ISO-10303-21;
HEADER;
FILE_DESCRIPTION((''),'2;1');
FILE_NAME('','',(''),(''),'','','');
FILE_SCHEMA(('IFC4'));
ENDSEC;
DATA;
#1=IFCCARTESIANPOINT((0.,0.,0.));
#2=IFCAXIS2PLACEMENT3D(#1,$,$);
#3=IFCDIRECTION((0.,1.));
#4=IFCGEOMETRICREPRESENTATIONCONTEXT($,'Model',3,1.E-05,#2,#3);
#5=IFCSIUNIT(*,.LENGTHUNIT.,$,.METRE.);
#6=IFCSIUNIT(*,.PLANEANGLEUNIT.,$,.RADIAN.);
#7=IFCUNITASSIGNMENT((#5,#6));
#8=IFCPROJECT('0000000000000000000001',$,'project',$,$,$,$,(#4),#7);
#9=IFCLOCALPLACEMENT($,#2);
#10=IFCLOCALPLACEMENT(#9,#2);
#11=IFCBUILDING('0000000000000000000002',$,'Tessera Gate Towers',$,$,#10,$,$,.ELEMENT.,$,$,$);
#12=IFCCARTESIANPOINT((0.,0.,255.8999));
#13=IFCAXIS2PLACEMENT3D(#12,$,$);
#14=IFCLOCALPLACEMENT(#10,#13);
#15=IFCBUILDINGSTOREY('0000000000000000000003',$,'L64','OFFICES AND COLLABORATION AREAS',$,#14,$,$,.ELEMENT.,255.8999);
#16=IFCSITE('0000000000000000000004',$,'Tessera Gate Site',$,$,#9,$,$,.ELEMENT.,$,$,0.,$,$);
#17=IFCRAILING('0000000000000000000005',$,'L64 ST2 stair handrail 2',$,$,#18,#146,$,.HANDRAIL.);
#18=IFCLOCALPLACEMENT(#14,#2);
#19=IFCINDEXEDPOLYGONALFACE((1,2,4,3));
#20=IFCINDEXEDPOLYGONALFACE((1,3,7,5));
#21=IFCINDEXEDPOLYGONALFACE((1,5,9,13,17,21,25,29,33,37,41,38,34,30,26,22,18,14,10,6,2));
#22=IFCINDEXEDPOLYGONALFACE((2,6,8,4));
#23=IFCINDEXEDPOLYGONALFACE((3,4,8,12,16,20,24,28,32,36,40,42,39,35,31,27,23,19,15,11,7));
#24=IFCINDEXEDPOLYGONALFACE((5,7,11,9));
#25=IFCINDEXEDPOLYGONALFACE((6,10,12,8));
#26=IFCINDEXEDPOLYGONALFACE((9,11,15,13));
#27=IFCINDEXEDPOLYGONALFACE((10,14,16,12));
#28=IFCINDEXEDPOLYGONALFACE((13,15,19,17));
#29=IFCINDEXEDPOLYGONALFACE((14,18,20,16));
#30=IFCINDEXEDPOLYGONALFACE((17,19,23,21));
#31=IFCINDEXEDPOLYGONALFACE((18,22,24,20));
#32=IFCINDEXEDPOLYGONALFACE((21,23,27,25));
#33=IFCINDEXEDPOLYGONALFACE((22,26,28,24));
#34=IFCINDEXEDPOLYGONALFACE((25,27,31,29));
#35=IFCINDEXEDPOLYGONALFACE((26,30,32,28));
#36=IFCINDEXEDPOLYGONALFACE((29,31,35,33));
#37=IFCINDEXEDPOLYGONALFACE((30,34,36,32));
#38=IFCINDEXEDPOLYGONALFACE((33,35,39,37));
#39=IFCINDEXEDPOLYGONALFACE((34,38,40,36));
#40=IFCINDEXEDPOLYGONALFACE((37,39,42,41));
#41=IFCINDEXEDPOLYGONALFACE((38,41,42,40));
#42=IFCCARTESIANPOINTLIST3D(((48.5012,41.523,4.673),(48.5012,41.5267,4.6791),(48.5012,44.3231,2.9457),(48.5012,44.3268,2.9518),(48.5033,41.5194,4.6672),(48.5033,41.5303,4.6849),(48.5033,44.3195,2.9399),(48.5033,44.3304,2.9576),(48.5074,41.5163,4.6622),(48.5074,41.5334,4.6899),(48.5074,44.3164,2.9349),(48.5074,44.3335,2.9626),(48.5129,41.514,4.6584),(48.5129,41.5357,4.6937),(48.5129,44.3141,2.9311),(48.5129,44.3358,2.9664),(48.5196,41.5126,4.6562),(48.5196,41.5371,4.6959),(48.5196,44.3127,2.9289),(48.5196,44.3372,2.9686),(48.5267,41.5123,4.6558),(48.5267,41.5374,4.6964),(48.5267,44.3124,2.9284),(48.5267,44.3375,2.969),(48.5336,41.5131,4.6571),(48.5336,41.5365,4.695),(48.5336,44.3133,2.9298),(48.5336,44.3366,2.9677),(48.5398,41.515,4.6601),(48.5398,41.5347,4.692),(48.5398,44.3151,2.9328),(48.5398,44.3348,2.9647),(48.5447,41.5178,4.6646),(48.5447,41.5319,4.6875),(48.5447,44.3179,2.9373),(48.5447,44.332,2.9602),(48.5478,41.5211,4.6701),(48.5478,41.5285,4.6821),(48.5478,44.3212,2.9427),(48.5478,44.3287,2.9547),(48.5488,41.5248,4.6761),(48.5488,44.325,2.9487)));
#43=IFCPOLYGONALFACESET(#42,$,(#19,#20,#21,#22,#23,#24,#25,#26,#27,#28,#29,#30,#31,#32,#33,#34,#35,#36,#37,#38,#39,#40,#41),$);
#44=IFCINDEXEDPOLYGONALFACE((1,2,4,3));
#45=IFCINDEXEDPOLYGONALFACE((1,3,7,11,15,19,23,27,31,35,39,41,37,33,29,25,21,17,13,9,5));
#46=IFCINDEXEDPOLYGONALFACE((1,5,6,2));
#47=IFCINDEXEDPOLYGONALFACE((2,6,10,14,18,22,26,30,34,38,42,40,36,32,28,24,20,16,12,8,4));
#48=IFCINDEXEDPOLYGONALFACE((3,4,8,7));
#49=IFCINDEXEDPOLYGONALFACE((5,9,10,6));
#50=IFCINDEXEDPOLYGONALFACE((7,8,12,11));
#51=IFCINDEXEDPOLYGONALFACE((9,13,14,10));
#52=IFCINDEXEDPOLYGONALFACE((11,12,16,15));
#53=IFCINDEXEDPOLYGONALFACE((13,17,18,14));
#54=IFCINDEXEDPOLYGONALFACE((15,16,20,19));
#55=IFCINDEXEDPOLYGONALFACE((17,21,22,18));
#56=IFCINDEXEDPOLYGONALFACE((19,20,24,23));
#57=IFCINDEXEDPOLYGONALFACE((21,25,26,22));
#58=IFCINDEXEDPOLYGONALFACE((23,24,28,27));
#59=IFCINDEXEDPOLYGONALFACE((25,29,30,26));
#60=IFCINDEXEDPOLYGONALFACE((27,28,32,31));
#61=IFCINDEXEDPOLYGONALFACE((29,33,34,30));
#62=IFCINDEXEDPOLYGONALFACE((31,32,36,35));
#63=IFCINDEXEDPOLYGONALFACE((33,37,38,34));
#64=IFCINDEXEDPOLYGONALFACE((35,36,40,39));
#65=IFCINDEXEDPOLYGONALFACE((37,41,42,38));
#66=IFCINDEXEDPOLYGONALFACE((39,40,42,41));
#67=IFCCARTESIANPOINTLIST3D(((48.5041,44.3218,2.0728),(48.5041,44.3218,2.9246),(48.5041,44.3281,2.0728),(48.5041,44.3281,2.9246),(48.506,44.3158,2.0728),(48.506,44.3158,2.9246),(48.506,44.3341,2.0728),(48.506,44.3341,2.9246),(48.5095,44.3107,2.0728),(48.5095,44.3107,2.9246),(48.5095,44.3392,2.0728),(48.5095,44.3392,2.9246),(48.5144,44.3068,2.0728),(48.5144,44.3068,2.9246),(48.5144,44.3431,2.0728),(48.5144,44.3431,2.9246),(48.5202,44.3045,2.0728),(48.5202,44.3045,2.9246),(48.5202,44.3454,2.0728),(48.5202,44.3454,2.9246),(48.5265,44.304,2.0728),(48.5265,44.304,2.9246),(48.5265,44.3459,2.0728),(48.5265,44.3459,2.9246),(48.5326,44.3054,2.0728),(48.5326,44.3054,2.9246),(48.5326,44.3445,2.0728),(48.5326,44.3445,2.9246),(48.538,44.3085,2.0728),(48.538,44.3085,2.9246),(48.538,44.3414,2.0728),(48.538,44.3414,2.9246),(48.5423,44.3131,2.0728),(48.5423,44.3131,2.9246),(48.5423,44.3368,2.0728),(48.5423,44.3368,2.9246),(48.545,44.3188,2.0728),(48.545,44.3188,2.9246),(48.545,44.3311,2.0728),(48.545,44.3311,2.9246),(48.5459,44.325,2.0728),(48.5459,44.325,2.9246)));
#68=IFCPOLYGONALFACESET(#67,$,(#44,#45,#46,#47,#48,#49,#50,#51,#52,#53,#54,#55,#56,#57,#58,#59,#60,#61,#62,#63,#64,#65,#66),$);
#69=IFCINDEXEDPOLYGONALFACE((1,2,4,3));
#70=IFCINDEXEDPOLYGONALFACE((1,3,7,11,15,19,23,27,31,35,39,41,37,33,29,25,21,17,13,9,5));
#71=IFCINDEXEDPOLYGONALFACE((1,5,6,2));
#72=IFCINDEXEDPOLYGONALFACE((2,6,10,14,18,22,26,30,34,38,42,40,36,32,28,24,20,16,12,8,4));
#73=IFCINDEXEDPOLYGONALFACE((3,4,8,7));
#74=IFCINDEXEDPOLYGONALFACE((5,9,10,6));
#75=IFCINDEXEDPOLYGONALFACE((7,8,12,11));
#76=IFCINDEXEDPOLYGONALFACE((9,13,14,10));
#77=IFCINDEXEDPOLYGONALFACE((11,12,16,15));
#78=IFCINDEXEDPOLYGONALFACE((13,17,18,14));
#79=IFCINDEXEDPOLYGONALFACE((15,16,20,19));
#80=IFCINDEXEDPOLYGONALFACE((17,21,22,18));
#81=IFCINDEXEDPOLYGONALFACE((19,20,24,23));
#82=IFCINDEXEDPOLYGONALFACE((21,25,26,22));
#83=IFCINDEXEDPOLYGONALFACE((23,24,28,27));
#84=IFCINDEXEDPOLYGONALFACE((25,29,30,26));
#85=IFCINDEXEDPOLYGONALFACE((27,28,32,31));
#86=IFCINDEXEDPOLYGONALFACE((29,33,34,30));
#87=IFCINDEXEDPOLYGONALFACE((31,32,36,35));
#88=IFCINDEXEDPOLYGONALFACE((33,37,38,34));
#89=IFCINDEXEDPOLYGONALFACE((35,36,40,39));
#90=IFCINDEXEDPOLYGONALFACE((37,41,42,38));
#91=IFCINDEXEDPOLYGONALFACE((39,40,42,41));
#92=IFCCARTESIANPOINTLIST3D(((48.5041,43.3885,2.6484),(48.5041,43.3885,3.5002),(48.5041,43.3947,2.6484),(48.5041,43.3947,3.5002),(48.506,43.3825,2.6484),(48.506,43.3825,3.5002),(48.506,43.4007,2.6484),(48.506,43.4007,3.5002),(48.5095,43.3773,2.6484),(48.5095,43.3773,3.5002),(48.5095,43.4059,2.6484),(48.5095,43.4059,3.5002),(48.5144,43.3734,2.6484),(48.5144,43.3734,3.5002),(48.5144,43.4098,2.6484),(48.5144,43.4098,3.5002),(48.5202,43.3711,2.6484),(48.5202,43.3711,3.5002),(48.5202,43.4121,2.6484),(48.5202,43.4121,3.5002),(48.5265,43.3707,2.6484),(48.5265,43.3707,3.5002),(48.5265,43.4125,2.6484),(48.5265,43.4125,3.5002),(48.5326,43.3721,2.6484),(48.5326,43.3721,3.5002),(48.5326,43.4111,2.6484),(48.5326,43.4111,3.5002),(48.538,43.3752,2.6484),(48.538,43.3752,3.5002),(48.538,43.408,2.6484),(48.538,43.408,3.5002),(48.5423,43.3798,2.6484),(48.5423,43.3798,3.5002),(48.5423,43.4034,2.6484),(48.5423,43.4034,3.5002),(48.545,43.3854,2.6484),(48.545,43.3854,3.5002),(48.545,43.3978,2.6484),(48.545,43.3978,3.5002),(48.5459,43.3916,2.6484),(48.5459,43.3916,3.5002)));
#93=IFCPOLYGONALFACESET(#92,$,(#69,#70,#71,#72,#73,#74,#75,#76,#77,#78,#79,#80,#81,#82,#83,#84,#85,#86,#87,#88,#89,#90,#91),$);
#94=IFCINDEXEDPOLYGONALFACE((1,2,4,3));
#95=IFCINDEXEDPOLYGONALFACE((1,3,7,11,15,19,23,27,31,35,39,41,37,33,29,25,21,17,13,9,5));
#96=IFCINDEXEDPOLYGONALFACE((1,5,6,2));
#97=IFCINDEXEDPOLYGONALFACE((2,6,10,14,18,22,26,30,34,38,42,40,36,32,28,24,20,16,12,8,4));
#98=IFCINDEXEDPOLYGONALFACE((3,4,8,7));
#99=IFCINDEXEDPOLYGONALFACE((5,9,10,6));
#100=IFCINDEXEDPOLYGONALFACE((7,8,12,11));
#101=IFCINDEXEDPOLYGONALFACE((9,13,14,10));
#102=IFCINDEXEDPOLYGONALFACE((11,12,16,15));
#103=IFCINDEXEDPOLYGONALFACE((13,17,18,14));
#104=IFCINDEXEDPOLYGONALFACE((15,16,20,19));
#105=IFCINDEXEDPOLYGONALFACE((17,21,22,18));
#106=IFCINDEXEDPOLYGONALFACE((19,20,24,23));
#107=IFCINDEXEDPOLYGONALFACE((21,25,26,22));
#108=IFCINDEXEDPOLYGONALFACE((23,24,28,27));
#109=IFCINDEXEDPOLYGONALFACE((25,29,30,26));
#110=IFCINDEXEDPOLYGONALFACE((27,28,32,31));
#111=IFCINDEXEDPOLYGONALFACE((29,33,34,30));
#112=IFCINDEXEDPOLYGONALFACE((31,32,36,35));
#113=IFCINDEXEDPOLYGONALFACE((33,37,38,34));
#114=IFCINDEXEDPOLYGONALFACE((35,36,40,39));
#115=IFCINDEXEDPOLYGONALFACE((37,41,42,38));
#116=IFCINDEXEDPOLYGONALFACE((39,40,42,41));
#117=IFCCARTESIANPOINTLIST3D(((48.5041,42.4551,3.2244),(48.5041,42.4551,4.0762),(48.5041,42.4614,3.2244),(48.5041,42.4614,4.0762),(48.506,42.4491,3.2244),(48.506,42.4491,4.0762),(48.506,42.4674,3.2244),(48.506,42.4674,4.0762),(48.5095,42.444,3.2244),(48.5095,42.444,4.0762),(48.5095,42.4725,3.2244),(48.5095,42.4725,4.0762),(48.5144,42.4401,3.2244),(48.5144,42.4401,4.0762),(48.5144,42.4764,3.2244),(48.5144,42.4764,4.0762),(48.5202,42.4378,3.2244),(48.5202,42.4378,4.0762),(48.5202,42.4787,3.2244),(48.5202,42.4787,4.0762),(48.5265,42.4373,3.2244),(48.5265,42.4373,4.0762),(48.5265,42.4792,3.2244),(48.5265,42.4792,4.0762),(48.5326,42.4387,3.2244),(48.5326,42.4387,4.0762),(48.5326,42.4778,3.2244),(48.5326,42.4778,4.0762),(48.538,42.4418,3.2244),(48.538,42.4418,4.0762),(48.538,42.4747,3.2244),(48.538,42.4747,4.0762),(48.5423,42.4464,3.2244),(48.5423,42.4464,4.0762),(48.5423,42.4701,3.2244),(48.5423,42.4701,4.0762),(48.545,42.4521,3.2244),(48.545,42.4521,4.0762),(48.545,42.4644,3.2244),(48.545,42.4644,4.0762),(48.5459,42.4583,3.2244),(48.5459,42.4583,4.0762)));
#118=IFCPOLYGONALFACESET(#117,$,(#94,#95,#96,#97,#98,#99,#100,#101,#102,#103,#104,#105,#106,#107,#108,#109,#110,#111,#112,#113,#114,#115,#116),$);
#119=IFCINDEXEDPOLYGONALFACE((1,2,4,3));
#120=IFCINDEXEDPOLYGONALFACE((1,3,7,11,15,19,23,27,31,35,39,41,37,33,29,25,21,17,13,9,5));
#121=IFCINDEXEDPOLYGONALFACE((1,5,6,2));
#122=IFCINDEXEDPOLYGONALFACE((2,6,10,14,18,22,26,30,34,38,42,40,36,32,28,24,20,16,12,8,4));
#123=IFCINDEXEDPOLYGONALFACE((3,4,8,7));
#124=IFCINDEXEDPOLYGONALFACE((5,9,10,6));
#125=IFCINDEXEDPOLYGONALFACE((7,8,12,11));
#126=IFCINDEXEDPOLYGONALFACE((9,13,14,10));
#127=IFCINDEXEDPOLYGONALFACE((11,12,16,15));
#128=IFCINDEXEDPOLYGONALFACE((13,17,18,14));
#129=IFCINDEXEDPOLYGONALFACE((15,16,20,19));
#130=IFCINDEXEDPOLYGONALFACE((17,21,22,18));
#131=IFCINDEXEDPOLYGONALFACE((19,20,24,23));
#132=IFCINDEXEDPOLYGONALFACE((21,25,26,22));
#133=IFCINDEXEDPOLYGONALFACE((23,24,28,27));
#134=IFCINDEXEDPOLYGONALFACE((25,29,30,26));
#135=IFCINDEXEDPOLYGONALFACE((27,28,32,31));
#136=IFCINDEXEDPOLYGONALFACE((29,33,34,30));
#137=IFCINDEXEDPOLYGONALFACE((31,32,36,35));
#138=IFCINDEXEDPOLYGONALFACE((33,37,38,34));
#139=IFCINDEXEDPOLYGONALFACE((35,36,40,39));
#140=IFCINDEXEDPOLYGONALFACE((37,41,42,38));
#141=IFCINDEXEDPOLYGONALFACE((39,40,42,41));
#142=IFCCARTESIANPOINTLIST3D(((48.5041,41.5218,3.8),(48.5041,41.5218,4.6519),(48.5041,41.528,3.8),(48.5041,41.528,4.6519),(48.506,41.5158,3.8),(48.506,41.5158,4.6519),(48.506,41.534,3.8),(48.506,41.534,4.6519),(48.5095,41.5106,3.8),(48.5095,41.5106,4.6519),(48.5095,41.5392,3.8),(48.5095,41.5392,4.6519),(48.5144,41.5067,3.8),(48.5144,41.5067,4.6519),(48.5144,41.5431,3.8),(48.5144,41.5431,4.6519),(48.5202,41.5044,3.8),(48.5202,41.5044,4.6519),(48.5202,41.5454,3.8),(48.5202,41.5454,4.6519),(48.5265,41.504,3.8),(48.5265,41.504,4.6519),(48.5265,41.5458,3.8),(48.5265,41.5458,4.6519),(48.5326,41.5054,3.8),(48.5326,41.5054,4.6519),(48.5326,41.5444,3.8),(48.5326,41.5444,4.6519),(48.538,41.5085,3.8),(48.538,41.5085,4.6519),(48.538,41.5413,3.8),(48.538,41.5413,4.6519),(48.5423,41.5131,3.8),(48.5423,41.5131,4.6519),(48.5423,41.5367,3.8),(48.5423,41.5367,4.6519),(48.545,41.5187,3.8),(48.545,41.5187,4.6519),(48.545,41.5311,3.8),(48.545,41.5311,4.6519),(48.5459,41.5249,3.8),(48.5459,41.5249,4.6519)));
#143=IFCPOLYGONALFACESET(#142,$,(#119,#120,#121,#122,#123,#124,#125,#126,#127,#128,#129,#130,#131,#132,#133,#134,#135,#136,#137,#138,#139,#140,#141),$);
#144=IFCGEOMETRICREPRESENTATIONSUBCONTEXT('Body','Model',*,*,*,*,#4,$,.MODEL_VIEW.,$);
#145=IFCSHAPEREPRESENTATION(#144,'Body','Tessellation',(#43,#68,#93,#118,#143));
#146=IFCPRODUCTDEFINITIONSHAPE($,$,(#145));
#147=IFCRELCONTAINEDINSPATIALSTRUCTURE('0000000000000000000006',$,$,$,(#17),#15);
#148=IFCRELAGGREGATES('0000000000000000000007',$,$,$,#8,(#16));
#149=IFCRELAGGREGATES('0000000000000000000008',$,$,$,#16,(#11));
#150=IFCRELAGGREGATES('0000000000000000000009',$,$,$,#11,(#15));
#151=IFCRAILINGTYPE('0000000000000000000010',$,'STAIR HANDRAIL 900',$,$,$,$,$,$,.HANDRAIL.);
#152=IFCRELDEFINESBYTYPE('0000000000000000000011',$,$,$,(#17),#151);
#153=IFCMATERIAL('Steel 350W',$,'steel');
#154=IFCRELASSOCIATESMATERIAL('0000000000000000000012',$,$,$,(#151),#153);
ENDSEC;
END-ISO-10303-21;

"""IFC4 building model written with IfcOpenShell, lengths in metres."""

from ifc_helpers import new_model, si_unit, direction, frame, origin, origin_2d, place, context, subcontext, project, spatial, circle, extrude, material, type_object, element, save


model = new_model("IFC4")

# Units and contexts
model_context = context("Model", 3, precision=1e-05, world=origin(), true_north=direction((0.0, 1.0)))
body_context = subcontext(model_context, "Body", "Model", "MODEL_VIEW")
ifc_project = project(units=[si_unit("LENGTHUNIT", "METRE"), si_unit("PLANEANGLEUNIT", "RADIAN")], contexts=[model_context])

# Site, building, storey
site_placement = place(None, origin())
site = spatial("IfcSite", under=ifc_project, at=site_placement, Name="Tessera Gate Site", CompositionType="ELEMENT", RefElevation=0.0)
building_placement = place(site_placement, origin())
building = spatial("IfcBuilding", under=site, at=building_placement, Name="Tessera Gate Towers", CompositionType="ELEMENT")
storey_placement = place(building_placement, frame((0.0, 0.0, 255.8999)))
storey = spatial("IfcBuildingStorey", under=building, at=storey_placement, Name="L64", Description="OFFICES AND COLLABORATION AREAS", CompositionType="ELEMENT", Elevation=255.8999)

# Railing
ifc_material_1 = material(Name="Steel 350W", Category="steel")
railing_type_1 = type_object("IfcRailingType", Name="STAIR HANDRAIL 900", PredefinedType="HANDRAIL", material=ifc_material_1)
railing_1_placement = place(storey_placement, frame((48.5249, 44.325, 2.0728)))
element("IfcRailing", 1, at=railing_1_placement, inside=storey, type_object=railing_type_1, Name="L64 ST2 stair handrail 2", PredefinedType="HANDRAIL", context=body_context, shape_type="SweptSolid", body=[
    extrude(circle(Radius=0.0239, at=origin_2d()), frame((0.0, 0.0, 0.876), z_axis=(0.0, -0.85109, 0.52502), x_axis=(1.0, 0.0, 0.0)), (0.0, 0.0, 1.0), 3.29),
    extrude(circle(Radius=0.021, at=origin_2d()), origin(), (0.0, 0.0, 1.0), 0.8518),
    extrude(circle(Radius=0.021, at=origin_2d()), frame((0.0, -0.9333, 0.5757)), (0.0, 0.0, 1.0), 0.8518),
    extrude(circle(Radius=0.021, at=origin_2d()), frame((0.0, -1.8667, 1.1516)), (0.0, 0.0, 1.0), 0.8518),
    extrude(circle(Radius=0.021, at=origin_2d()), frame((0.0, -2.8, 1.7273)), (0.0, 0.0, 1.0), 0.8518),
])

save(model, "model.ifc")
